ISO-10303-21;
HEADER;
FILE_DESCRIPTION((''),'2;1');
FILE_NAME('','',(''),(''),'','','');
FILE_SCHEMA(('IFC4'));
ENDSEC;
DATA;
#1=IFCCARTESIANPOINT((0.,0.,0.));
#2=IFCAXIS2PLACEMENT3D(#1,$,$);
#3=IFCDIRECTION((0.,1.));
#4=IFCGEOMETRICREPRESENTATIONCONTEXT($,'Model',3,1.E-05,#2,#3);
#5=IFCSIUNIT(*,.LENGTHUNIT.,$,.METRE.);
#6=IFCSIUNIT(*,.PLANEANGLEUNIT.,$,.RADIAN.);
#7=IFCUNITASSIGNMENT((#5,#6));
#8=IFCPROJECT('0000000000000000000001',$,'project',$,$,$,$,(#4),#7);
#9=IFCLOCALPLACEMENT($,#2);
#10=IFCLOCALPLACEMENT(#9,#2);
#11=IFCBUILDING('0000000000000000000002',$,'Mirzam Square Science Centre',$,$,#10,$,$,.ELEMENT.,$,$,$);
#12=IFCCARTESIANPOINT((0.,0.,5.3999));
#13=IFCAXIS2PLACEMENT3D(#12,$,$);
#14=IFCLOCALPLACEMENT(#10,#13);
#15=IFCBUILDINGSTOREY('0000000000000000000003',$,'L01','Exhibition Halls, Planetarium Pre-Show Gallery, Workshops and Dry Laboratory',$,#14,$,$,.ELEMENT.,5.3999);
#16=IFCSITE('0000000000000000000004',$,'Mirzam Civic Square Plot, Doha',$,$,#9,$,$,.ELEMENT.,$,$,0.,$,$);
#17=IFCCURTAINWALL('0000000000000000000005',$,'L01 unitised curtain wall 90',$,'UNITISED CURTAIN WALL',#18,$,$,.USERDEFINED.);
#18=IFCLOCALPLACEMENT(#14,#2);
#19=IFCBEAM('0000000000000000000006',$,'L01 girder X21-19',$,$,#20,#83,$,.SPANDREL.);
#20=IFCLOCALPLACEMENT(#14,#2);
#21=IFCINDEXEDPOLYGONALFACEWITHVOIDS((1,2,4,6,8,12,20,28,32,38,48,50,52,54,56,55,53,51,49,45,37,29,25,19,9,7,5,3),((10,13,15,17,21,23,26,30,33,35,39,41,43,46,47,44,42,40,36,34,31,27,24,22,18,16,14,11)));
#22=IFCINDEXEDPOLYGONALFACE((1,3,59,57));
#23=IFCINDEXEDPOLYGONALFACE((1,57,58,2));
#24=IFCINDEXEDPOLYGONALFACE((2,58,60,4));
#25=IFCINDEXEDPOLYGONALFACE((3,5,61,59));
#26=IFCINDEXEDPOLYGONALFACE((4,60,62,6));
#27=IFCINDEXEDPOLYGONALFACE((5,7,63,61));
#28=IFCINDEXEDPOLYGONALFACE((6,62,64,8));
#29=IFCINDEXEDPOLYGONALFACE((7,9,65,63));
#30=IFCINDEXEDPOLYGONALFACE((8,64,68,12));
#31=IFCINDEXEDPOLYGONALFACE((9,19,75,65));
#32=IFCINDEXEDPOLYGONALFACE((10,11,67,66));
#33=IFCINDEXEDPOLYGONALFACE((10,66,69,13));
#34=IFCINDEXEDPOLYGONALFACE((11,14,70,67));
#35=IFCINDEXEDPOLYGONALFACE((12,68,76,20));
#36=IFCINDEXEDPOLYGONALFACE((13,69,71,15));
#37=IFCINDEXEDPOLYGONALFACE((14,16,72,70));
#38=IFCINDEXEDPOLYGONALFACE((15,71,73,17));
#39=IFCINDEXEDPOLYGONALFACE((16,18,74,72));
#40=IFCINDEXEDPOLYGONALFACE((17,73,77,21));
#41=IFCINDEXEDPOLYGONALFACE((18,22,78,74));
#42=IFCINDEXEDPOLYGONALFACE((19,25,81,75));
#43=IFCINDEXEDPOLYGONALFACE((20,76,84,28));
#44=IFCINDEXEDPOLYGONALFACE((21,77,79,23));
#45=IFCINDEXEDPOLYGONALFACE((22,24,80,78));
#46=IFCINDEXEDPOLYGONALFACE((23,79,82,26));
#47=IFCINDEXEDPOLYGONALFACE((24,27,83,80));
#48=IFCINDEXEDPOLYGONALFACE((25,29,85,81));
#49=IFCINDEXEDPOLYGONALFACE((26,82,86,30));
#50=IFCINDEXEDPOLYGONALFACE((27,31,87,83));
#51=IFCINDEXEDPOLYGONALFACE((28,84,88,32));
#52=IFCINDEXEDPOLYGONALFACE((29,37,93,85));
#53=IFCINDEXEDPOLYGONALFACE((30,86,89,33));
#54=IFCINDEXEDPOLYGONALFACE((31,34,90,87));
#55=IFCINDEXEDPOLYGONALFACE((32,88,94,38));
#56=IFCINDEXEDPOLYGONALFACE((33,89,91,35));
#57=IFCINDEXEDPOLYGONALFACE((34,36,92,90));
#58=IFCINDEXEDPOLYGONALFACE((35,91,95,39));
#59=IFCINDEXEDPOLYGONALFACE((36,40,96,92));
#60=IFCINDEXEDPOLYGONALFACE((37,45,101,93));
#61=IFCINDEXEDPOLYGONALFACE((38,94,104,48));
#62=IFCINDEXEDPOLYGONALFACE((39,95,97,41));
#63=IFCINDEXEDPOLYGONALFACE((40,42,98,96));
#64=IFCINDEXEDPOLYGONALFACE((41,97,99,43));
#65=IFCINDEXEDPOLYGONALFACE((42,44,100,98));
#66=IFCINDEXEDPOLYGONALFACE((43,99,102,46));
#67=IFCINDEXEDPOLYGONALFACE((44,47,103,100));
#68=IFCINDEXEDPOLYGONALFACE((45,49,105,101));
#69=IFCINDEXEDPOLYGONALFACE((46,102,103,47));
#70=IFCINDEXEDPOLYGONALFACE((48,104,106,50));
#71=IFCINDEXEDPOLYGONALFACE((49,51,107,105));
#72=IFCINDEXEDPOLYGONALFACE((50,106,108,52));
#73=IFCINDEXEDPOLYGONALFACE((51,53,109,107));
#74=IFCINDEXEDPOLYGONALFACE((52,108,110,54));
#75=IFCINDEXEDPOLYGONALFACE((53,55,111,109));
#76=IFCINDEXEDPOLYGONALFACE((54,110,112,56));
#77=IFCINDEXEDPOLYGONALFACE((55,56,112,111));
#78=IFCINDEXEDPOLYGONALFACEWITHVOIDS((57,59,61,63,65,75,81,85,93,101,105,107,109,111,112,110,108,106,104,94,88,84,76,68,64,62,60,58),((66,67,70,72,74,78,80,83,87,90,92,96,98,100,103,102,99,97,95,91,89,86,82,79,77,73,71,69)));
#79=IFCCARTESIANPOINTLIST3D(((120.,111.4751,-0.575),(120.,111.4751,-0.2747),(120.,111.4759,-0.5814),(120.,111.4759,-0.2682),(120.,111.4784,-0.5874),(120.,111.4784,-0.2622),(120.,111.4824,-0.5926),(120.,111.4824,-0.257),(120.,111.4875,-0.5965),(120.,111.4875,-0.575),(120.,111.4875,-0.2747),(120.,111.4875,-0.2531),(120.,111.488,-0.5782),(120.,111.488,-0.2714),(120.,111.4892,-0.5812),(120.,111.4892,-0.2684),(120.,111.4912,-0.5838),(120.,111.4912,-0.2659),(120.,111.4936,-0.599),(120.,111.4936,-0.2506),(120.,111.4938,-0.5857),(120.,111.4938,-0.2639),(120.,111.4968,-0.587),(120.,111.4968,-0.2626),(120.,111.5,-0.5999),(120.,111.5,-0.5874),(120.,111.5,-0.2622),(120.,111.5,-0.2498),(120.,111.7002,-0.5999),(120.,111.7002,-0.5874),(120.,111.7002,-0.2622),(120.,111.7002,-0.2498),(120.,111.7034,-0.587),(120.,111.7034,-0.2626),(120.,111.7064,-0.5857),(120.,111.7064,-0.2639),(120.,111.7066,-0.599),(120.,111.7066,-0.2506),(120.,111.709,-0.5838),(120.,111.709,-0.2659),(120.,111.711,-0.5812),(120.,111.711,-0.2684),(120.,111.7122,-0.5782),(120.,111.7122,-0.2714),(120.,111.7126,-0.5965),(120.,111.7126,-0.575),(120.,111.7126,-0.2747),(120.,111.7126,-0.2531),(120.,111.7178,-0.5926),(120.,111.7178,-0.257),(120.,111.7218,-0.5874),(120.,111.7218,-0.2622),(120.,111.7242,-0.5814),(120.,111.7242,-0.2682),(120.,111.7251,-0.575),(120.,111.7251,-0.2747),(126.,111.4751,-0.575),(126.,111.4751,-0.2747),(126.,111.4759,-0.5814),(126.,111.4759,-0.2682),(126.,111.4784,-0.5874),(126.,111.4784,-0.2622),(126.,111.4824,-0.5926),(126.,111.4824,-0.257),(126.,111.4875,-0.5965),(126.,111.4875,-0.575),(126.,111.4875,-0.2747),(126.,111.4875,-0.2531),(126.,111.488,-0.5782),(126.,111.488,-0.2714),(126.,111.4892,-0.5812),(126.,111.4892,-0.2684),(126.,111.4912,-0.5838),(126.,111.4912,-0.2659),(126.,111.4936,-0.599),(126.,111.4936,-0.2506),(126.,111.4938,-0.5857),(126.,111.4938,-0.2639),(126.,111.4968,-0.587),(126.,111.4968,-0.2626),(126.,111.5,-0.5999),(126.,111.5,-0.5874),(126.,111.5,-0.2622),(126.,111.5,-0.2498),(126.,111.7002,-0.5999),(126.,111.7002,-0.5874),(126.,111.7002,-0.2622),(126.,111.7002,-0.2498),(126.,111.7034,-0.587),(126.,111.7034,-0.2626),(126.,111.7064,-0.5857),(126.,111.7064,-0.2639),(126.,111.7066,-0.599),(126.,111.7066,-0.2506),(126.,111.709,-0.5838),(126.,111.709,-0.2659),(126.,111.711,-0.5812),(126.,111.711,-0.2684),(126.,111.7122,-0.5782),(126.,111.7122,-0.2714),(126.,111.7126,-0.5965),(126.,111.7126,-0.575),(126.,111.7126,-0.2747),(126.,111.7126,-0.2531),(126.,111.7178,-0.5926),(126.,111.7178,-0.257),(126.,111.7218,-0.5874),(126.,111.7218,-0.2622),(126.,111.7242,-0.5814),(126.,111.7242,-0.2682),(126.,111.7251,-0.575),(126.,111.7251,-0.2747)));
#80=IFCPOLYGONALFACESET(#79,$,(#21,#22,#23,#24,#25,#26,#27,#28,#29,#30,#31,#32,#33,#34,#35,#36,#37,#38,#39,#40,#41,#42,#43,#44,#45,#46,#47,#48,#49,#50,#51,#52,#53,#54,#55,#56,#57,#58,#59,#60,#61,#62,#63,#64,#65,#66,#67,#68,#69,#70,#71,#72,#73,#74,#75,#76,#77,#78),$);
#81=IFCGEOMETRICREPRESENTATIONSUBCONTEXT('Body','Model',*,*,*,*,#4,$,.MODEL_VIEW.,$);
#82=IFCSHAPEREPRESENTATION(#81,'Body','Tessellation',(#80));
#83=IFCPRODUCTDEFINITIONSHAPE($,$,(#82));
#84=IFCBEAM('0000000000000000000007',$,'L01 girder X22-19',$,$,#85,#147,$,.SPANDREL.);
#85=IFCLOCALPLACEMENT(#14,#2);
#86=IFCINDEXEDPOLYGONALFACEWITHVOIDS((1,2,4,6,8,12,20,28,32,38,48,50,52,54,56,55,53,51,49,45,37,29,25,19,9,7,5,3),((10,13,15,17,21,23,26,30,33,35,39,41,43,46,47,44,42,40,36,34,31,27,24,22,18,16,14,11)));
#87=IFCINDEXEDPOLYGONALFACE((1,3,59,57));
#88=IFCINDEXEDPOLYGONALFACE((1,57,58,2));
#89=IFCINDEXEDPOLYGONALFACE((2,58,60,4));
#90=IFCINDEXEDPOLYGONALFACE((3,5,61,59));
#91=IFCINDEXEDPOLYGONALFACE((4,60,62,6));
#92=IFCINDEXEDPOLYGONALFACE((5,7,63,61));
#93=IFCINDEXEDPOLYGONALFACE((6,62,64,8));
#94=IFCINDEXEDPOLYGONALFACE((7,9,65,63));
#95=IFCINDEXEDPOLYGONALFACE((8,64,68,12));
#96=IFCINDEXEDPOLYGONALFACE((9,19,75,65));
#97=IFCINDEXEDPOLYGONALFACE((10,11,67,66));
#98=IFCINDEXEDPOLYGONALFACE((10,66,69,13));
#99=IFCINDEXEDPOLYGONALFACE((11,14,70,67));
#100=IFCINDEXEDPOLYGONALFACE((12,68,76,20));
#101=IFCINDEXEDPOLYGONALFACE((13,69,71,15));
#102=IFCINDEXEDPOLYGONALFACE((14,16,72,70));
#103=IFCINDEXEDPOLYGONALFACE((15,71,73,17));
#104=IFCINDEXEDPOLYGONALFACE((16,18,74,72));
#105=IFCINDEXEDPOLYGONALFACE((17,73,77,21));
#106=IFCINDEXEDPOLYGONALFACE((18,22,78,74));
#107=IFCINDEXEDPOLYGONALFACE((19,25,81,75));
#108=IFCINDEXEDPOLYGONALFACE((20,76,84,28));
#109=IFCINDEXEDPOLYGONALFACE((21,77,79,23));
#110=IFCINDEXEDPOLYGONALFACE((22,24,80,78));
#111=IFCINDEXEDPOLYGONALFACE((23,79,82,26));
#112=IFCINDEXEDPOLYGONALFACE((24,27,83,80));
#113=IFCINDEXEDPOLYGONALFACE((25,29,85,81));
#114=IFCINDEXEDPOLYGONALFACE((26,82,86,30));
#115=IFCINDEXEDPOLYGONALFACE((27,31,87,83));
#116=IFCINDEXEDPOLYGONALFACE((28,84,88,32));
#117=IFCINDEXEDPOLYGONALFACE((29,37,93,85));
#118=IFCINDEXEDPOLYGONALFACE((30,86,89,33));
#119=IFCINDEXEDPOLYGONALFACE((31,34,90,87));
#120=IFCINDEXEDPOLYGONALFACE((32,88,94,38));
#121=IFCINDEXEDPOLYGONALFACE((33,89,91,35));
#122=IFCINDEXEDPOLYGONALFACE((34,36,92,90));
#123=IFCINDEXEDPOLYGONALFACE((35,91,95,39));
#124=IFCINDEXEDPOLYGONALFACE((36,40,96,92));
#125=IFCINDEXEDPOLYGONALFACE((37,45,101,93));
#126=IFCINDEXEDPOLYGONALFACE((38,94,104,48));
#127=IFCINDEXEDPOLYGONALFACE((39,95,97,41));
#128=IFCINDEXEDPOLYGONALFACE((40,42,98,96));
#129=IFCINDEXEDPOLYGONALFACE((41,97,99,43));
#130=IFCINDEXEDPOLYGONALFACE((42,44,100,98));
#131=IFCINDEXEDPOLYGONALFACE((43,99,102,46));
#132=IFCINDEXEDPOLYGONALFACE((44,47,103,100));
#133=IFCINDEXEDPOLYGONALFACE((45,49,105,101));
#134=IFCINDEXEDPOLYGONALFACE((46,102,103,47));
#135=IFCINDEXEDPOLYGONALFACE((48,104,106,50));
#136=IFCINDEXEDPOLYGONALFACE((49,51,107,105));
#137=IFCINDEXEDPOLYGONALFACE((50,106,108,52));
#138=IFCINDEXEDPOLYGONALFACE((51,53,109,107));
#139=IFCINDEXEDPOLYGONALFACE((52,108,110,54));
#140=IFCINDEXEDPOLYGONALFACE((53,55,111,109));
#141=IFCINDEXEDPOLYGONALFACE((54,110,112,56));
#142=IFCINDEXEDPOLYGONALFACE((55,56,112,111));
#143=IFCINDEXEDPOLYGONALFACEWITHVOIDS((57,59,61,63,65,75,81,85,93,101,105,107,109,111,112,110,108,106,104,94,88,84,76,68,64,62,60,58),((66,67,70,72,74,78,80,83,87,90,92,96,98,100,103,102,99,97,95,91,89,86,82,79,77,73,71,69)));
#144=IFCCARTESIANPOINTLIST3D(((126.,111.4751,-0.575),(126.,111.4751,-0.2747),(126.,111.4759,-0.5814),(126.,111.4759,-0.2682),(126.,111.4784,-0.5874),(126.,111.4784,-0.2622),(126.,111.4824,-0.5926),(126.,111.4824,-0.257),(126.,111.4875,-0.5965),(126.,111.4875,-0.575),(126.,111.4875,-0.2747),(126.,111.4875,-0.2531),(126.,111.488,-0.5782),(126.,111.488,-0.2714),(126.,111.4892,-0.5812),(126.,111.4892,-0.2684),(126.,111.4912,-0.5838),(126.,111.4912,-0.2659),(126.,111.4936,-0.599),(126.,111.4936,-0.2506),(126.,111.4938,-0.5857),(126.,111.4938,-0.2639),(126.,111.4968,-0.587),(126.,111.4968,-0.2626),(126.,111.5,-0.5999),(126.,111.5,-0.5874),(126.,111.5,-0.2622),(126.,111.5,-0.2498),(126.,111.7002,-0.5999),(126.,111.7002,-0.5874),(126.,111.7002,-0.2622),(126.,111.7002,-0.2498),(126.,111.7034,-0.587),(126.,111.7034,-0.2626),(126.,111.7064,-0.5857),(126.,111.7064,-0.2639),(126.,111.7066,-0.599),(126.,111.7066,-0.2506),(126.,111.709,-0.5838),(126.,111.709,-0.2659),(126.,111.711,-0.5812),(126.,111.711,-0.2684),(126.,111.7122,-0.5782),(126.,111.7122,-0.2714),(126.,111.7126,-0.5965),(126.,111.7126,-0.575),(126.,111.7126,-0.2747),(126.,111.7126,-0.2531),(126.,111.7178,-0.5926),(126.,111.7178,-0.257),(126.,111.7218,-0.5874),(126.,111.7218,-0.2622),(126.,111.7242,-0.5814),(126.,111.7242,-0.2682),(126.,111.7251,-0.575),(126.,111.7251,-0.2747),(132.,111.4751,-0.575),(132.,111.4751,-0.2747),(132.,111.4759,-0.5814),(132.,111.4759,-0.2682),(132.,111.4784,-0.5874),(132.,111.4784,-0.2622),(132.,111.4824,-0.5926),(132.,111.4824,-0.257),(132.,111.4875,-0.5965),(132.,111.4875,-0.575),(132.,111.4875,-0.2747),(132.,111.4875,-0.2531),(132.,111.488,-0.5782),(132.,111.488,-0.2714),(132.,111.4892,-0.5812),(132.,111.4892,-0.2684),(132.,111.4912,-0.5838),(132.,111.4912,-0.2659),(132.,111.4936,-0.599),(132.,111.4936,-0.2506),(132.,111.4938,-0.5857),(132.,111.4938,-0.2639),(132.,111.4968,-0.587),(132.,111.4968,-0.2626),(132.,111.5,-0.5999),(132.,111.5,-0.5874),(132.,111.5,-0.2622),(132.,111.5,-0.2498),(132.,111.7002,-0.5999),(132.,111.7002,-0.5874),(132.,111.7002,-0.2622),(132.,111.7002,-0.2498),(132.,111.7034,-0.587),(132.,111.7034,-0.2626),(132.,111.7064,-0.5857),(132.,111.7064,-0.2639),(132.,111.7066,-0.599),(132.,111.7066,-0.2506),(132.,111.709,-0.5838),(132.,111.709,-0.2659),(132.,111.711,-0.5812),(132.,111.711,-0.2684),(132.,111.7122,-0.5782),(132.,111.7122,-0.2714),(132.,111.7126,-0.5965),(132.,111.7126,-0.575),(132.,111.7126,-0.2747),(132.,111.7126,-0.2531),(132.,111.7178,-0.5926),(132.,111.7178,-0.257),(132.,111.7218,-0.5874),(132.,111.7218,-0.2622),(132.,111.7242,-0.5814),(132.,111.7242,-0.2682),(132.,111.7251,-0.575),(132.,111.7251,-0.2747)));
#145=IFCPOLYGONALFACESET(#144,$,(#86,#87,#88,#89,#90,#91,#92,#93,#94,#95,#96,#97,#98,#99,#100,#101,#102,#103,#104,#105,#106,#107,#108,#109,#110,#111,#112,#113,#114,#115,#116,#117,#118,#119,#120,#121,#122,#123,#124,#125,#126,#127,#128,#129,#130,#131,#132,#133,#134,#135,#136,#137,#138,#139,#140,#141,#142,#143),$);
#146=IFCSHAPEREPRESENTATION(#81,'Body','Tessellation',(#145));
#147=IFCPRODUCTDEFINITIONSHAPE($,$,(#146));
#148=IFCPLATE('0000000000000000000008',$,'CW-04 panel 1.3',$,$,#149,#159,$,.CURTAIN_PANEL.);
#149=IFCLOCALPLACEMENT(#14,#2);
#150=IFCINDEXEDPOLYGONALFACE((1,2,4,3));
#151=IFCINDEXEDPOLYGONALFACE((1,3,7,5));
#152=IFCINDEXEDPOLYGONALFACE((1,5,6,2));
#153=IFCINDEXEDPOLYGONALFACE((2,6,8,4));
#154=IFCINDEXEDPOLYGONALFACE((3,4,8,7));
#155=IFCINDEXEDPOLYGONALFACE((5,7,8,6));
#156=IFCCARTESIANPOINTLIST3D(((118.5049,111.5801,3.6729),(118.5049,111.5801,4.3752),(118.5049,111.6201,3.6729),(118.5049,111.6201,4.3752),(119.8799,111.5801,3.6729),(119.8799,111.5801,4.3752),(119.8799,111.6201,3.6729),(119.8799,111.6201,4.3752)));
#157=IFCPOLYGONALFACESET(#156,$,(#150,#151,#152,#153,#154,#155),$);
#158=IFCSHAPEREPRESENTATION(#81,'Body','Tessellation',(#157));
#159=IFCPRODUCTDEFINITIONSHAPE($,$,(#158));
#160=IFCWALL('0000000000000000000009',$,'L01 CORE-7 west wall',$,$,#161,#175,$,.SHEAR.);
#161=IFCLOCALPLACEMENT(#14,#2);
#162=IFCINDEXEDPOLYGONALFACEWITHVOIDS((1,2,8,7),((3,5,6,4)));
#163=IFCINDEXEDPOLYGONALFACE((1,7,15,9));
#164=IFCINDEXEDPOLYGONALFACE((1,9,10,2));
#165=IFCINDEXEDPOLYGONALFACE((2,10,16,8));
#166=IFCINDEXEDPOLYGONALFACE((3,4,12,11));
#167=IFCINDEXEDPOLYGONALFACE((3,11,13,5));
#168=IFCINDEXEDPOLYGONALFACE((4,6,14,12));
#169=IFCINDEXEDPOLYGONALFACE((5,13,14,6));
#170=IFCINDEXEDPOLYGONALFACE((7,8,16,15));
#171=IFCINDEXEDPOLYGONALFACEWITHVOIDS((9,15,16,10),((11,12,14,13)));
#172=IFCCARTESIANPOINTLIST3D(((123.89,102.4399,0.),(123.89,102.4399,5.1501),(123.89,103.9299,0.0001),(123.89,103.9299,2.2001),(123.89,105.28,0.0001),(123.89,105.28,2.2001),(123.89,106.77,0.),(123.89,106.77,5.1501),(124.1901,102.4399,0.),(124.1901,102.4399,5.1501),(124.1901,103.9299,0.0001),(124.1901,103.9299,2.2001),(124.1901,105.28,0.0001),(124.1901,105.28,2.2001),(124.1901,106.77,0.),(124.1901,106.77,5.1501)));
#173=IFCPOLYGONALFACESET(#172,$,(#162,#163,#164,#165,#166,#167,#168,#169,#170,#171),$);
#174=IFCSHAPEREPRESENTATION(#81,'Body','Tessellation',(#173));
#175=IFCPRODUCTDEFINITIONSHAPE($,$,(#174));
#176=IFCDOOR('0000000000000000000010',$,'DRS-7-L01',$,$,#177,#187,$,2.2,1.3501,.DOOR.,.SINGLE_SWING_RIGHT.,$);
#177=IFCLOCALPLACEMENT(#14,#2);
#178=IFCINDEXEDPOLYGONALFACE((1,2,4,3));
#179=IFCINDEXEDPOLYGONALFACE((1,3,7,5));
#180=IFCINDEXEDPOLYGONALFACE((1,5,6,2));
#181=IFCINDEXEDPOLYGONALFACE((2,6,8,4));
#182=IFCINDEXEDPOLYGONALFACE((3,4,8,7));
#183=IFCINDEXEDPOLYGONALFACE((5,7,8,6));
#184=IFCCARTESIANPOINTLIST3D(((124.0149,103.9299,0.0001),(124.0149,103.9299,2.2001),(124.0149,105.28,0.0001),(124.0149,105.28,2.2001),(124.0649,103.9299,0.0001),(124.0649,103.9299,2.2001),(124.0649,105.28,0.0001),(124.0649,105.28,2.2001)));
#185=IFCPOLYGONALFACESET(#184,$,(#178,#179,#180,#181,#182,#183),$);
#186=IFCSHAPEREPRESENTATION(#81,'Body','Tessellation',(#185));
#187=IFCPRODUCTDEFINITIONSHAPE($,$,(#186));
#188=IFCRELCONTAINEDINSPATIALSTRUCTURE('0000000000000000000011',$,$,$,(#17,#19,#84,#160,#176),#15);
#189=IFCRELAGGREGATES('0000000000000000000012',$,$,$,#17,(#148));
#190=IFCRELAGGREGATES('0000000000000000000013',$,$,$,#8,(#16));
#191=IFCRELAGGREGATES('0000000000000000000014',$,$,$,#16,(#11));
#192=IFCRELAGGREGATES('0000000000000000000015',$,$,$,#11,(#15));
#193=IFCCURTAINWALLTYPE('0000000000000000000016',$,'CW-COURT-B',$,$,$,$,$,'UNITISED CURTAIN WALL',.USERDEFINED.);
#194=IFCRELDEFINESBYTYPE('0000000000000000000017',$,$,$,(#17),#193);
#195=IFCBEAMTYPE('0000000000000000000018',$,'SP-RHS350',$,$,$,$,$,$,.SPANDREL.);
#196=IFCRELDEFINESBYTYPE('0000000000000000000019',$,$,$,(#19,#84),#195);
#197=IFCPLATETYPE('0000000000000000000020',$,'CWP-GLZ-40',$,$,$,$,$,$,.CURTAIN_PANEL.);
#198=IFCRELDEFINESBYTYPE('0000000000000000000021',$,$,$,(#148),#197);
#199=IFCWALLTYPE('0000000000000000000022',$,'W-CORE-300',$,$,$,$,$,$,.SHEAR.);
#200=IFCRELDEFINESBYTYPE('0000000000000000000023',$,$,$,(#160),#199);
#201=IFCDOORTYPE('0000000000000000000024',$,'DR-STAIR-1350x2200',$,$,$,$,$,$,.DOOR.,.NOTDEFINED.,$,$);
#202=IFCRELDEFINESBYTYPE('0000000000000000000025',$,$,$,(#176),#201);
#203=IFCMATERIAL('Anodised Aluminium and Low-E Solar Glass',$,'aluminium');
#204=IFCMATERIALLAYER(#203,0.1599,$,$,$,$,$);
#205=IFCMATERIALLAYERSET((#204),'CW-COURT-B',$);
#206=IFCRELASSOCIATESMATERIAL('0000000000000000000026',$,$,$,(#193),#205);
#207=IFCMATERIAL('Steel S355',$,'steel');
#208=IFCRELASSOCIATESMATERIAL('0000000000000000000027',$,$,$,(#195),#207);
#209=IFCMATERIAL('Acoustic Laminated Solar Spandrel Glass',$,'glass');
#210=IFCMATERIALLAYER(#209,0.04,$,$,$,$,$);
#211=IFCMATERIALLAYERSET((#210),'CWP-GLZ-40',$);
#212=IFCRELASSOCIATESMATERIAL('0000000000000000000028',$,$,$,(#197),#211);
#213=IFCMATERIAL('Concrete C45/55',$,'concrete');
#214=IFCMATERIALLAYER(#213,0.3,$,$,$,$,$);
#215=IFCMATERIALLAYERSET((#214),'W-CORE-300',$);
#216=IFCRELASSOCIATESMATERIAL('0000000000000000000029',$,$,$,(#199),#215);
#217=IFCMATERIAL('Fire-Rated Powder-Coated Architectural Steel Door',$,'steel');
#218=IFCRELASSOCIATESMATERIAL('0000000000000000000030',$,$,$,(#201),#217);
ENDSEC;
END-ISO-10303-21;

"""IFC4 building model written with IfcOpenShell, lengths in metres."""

from ifc_helpers import new_model, si_unit, direction, frame, frame_2d, origin, origin_2d, place, context, subcontext, project, spatial, rectangle, hollow_rectangle, extrude, material, layer, layer_set, material_profile, profile_set, type_object, element, fill, aggregate, save


model = new_model("IFC4")

# Units and contexts
model_context = context("Model", 3, precision=1e-05, world=origin(), true_north=direction((0.0, 1.0)))
body_context = subcontext(model_context, "Body", "Model", "MODEL_VIEW")
ifc_project = project(units=[si_unit("LENGTHUNIT", "METRE"), si_unit("PLANEANGLEUNIT", "RADIAN")], contexts=[model_context])

# Site, building, storey
site_placement = place(None, origin())
site = spatial("IfcSite", under=ifc_project, at=site_placement, Name="Mirzam Civic Square Plot, Doha", CompositionType="ELEMENT", RefElevation=0.0)
building_placement = place(site_placement, origin())
building = spatial("IfcBuilding", under=site, at=building_placement, Name="Mirzam Square Science Centre", CompositionType="ELEMENT")
storey_placement = place(building_placement, frame((0.0, 0.0, 5.3999)))
storey = spatial("IfcBuildingStorey", under=building, at=storey_placement, Name="L01", Description="Exhibition Halls, Planetarium Pre-Show Gallery, Workshops and Dry Laboratory", CompositionType="ELEMENT", Elevation=5.3999)

# Shared definitions
ifc_material_1 = material(Name="Steel S355", Category="steel")

# Curtain wall
ifc_material_2 = material(Name="Anodised Aluminium and Low-E Solar Glass", Category="aluminium")
ifc_layer_1 = layer(ifc_material_2, 0.1599)
ifc_layer_set_1 = layer_set([ifc_layer_1], Name="CW-COURT-B")
curtain_wall_type = type_object("IfcCurtainWallType", Name="CW-COURT-B", ElementType="UNITISED CURTAIN WALL", PredefinedType="USERDEFINED", material=ifc_layer_set_1)
curtain_wall_placement = place(storey_placement, origin())
curtain_wall = element("IfcCurtainWall", 1, at=curtain_wall_placement, inside=storey, type_object=curtain_wall_type, Name="L01 unitised curtain wall 90", ObjectType="UNITISED CURTAIN WALL", PredefinedType="USERDEFINED")

# Beams
ifc_material_profile_1 = material_profile(ifc_material_1, hollow_rectangle(XDim=0.25, YDim=0.3501, WallThickness=0.0125, InnerFilletRadius=0.0125, OuterFilletRadius=0.0249, at=origin_2d()), Name="350x250x12.5RHS")
ifc_profile_set_1 = profile_set([ifc_material_profile_1], Name="Steel S355")
beam_type_1 = type_object("IfcBeamType", Name="SP-RHS350", PredefinedType="SPANDREL", material=ifc_profile_set_1)
for number, where, z_axis, x_axis, name in (
    (2, (120.0, 111.6001, -0.4248), (1.0, 0.0, 0.0), (0.0, 1.0, 0.0), "L01 girder X21-19"),
    (3, (126.0, 111.6001, -0.4248), (1.0, 0.0, 0.0), (0.0, 1.0, 0.0), "L01 girder X22-19"),
):
    element("IfcBeam", number, at=place(storey_placement, frame(where, z_axis=z_axis, x_axis=x_axis)), inside=storey, type_object=beam_type_1, Name=name, PredefinedType="SPANDREL", context=body_context, shape_type="SweptSolid", body=[
        extrude(hollow_rectangle(XDim=0.25, YDim=0.3501, WallThickness=0.0125, InnerFilletRadius=0.0125, OuterFilletRadius=0.0249, at=origin_2d()), origin(), (0.0, 0.0, 1.0), 6.0),
    ])

# Plate
ifc_material_3 = material(Name="Acoustic Laminated Solar Spandrel Glass", Category="glass")
ifc_layer_2 = layer(ifc_material_3, 0.04)
ifc_layer_set_2 = layer_set([ifc_layer_2], Name="CWP-GLZ-40")
plate_type = type_object("IfcPlateType", Name="CWP-GLZ-40", PredefinedType="CURTAIN_PANEL", material=ifc_layer_set_2)
plate_placement = place(storey_placement, frame((119.1924, 111.6001, 3.6729), z_axis=(0.0, 0.0, 1.0), x_axis=(-1.0, 0.0, 0.0)))
plate = element("IfcPlate", 4, at=plate_placement, type_object=plate_type, Name="CW-04 panel 1.3", PredefinedType="CURTAIN_PANEL", context=body_context, shape_type="SweptSolid", body=[
    extrude(rectangle(XDim=1.375, YDim=0.04, at=origin_2d()), origin(), (0.0, 0.0, 1.0), 0.7024),
])
aggregate(curtain_wall, [plate])

# Wall, opening, door
ifc_material_4 = material(Name="Concrete C45/55", Category="concrete")
ifc_layer_3 = layer(ifc_material_4, 0.3)
ifc_layer_set_3 = layer_set([ifc_layer_3], Name="W-CORE-300")
wall_type_1 = type_object("IfcWallType", Name="W-CORE-300", PredefinedType="SHEAR", material=ifc_layer_set_3)
wall_1_placement = place(storey_placement, frame((124.04, 106.77, 0.0), z_axis=(0.0, 0.0, 1.0), x_axis=(0.0, -1.0, 0.0)))
wall_1 = element("IfcWall", 5, at=wall_1_placement, inside=storey, type_object=wall_type_1, Name="L01 CORE-7 west wall", PredefinedType="SHEAR", context=body_context, shape_type="SweptSolid", body=[
    extrude(rectangle(XDim=4.3301, YDim=0.3, at=frame_2d((2.165, 0.0))), origin(), (0.0, 0.0, 1.0), 5.1501),
])
opening_placement = place(wall_1_placement, frame((1.49, 0.0, 0.0)))
opening = element("IfcOpeningElement", 6, at=opening_placement, cuts=wall_1, PredefinedType="OPENING", context=body_context, shape_type="SweptSolid", body=[
    extrude(rectangle(XDim=1.3501, YDim=2.2, at=frame_2d((0.675, 1.1001))), frame((0.0, 0.1599, 0.0), z_axis=(0.0, -1.0, 0.0), x_axis=(1.0, 0.0, 0.0)), (0.0, 0.0, 1.0), 0.3201),
])
ifc_material_5 = material(Name="Fire-Rated Powder-Coated Architectural Steel Door", Category="steel")
door_type = type_object("IfcDoorType", Name="DR-STAIR-1350x2200", OperationType="NOTDEFINED", PredefinedType="DOOR", material=ifc_material_5)
door_placement = place(opening_placement, origin())
door = element("IfcDoor", 7, at=door_placement, inside=storey, type_object=door_type, Name="DRS-7-L01", OperationType="SINGLE_SWING_RIGHT", OverallHeight=2.2, OverallWidth=1.3501, PredefinedType="DOOR", context=body_context, shape_type="SweptSolid", body=[
    extrude(rectangle(XDim=1.3501, YDim=2.2, at=frame_2d((0.675, 1.1001))), frame((0.0, 0.0249, 0.0), z_axis=(0.0, -1.0, 0.0), x_axis=(1.0, 0.0, 0.0)), (0.0, 0.0, 1.0), 0.05),
])
fill(opening, door)

save(model, "model.ifc")
